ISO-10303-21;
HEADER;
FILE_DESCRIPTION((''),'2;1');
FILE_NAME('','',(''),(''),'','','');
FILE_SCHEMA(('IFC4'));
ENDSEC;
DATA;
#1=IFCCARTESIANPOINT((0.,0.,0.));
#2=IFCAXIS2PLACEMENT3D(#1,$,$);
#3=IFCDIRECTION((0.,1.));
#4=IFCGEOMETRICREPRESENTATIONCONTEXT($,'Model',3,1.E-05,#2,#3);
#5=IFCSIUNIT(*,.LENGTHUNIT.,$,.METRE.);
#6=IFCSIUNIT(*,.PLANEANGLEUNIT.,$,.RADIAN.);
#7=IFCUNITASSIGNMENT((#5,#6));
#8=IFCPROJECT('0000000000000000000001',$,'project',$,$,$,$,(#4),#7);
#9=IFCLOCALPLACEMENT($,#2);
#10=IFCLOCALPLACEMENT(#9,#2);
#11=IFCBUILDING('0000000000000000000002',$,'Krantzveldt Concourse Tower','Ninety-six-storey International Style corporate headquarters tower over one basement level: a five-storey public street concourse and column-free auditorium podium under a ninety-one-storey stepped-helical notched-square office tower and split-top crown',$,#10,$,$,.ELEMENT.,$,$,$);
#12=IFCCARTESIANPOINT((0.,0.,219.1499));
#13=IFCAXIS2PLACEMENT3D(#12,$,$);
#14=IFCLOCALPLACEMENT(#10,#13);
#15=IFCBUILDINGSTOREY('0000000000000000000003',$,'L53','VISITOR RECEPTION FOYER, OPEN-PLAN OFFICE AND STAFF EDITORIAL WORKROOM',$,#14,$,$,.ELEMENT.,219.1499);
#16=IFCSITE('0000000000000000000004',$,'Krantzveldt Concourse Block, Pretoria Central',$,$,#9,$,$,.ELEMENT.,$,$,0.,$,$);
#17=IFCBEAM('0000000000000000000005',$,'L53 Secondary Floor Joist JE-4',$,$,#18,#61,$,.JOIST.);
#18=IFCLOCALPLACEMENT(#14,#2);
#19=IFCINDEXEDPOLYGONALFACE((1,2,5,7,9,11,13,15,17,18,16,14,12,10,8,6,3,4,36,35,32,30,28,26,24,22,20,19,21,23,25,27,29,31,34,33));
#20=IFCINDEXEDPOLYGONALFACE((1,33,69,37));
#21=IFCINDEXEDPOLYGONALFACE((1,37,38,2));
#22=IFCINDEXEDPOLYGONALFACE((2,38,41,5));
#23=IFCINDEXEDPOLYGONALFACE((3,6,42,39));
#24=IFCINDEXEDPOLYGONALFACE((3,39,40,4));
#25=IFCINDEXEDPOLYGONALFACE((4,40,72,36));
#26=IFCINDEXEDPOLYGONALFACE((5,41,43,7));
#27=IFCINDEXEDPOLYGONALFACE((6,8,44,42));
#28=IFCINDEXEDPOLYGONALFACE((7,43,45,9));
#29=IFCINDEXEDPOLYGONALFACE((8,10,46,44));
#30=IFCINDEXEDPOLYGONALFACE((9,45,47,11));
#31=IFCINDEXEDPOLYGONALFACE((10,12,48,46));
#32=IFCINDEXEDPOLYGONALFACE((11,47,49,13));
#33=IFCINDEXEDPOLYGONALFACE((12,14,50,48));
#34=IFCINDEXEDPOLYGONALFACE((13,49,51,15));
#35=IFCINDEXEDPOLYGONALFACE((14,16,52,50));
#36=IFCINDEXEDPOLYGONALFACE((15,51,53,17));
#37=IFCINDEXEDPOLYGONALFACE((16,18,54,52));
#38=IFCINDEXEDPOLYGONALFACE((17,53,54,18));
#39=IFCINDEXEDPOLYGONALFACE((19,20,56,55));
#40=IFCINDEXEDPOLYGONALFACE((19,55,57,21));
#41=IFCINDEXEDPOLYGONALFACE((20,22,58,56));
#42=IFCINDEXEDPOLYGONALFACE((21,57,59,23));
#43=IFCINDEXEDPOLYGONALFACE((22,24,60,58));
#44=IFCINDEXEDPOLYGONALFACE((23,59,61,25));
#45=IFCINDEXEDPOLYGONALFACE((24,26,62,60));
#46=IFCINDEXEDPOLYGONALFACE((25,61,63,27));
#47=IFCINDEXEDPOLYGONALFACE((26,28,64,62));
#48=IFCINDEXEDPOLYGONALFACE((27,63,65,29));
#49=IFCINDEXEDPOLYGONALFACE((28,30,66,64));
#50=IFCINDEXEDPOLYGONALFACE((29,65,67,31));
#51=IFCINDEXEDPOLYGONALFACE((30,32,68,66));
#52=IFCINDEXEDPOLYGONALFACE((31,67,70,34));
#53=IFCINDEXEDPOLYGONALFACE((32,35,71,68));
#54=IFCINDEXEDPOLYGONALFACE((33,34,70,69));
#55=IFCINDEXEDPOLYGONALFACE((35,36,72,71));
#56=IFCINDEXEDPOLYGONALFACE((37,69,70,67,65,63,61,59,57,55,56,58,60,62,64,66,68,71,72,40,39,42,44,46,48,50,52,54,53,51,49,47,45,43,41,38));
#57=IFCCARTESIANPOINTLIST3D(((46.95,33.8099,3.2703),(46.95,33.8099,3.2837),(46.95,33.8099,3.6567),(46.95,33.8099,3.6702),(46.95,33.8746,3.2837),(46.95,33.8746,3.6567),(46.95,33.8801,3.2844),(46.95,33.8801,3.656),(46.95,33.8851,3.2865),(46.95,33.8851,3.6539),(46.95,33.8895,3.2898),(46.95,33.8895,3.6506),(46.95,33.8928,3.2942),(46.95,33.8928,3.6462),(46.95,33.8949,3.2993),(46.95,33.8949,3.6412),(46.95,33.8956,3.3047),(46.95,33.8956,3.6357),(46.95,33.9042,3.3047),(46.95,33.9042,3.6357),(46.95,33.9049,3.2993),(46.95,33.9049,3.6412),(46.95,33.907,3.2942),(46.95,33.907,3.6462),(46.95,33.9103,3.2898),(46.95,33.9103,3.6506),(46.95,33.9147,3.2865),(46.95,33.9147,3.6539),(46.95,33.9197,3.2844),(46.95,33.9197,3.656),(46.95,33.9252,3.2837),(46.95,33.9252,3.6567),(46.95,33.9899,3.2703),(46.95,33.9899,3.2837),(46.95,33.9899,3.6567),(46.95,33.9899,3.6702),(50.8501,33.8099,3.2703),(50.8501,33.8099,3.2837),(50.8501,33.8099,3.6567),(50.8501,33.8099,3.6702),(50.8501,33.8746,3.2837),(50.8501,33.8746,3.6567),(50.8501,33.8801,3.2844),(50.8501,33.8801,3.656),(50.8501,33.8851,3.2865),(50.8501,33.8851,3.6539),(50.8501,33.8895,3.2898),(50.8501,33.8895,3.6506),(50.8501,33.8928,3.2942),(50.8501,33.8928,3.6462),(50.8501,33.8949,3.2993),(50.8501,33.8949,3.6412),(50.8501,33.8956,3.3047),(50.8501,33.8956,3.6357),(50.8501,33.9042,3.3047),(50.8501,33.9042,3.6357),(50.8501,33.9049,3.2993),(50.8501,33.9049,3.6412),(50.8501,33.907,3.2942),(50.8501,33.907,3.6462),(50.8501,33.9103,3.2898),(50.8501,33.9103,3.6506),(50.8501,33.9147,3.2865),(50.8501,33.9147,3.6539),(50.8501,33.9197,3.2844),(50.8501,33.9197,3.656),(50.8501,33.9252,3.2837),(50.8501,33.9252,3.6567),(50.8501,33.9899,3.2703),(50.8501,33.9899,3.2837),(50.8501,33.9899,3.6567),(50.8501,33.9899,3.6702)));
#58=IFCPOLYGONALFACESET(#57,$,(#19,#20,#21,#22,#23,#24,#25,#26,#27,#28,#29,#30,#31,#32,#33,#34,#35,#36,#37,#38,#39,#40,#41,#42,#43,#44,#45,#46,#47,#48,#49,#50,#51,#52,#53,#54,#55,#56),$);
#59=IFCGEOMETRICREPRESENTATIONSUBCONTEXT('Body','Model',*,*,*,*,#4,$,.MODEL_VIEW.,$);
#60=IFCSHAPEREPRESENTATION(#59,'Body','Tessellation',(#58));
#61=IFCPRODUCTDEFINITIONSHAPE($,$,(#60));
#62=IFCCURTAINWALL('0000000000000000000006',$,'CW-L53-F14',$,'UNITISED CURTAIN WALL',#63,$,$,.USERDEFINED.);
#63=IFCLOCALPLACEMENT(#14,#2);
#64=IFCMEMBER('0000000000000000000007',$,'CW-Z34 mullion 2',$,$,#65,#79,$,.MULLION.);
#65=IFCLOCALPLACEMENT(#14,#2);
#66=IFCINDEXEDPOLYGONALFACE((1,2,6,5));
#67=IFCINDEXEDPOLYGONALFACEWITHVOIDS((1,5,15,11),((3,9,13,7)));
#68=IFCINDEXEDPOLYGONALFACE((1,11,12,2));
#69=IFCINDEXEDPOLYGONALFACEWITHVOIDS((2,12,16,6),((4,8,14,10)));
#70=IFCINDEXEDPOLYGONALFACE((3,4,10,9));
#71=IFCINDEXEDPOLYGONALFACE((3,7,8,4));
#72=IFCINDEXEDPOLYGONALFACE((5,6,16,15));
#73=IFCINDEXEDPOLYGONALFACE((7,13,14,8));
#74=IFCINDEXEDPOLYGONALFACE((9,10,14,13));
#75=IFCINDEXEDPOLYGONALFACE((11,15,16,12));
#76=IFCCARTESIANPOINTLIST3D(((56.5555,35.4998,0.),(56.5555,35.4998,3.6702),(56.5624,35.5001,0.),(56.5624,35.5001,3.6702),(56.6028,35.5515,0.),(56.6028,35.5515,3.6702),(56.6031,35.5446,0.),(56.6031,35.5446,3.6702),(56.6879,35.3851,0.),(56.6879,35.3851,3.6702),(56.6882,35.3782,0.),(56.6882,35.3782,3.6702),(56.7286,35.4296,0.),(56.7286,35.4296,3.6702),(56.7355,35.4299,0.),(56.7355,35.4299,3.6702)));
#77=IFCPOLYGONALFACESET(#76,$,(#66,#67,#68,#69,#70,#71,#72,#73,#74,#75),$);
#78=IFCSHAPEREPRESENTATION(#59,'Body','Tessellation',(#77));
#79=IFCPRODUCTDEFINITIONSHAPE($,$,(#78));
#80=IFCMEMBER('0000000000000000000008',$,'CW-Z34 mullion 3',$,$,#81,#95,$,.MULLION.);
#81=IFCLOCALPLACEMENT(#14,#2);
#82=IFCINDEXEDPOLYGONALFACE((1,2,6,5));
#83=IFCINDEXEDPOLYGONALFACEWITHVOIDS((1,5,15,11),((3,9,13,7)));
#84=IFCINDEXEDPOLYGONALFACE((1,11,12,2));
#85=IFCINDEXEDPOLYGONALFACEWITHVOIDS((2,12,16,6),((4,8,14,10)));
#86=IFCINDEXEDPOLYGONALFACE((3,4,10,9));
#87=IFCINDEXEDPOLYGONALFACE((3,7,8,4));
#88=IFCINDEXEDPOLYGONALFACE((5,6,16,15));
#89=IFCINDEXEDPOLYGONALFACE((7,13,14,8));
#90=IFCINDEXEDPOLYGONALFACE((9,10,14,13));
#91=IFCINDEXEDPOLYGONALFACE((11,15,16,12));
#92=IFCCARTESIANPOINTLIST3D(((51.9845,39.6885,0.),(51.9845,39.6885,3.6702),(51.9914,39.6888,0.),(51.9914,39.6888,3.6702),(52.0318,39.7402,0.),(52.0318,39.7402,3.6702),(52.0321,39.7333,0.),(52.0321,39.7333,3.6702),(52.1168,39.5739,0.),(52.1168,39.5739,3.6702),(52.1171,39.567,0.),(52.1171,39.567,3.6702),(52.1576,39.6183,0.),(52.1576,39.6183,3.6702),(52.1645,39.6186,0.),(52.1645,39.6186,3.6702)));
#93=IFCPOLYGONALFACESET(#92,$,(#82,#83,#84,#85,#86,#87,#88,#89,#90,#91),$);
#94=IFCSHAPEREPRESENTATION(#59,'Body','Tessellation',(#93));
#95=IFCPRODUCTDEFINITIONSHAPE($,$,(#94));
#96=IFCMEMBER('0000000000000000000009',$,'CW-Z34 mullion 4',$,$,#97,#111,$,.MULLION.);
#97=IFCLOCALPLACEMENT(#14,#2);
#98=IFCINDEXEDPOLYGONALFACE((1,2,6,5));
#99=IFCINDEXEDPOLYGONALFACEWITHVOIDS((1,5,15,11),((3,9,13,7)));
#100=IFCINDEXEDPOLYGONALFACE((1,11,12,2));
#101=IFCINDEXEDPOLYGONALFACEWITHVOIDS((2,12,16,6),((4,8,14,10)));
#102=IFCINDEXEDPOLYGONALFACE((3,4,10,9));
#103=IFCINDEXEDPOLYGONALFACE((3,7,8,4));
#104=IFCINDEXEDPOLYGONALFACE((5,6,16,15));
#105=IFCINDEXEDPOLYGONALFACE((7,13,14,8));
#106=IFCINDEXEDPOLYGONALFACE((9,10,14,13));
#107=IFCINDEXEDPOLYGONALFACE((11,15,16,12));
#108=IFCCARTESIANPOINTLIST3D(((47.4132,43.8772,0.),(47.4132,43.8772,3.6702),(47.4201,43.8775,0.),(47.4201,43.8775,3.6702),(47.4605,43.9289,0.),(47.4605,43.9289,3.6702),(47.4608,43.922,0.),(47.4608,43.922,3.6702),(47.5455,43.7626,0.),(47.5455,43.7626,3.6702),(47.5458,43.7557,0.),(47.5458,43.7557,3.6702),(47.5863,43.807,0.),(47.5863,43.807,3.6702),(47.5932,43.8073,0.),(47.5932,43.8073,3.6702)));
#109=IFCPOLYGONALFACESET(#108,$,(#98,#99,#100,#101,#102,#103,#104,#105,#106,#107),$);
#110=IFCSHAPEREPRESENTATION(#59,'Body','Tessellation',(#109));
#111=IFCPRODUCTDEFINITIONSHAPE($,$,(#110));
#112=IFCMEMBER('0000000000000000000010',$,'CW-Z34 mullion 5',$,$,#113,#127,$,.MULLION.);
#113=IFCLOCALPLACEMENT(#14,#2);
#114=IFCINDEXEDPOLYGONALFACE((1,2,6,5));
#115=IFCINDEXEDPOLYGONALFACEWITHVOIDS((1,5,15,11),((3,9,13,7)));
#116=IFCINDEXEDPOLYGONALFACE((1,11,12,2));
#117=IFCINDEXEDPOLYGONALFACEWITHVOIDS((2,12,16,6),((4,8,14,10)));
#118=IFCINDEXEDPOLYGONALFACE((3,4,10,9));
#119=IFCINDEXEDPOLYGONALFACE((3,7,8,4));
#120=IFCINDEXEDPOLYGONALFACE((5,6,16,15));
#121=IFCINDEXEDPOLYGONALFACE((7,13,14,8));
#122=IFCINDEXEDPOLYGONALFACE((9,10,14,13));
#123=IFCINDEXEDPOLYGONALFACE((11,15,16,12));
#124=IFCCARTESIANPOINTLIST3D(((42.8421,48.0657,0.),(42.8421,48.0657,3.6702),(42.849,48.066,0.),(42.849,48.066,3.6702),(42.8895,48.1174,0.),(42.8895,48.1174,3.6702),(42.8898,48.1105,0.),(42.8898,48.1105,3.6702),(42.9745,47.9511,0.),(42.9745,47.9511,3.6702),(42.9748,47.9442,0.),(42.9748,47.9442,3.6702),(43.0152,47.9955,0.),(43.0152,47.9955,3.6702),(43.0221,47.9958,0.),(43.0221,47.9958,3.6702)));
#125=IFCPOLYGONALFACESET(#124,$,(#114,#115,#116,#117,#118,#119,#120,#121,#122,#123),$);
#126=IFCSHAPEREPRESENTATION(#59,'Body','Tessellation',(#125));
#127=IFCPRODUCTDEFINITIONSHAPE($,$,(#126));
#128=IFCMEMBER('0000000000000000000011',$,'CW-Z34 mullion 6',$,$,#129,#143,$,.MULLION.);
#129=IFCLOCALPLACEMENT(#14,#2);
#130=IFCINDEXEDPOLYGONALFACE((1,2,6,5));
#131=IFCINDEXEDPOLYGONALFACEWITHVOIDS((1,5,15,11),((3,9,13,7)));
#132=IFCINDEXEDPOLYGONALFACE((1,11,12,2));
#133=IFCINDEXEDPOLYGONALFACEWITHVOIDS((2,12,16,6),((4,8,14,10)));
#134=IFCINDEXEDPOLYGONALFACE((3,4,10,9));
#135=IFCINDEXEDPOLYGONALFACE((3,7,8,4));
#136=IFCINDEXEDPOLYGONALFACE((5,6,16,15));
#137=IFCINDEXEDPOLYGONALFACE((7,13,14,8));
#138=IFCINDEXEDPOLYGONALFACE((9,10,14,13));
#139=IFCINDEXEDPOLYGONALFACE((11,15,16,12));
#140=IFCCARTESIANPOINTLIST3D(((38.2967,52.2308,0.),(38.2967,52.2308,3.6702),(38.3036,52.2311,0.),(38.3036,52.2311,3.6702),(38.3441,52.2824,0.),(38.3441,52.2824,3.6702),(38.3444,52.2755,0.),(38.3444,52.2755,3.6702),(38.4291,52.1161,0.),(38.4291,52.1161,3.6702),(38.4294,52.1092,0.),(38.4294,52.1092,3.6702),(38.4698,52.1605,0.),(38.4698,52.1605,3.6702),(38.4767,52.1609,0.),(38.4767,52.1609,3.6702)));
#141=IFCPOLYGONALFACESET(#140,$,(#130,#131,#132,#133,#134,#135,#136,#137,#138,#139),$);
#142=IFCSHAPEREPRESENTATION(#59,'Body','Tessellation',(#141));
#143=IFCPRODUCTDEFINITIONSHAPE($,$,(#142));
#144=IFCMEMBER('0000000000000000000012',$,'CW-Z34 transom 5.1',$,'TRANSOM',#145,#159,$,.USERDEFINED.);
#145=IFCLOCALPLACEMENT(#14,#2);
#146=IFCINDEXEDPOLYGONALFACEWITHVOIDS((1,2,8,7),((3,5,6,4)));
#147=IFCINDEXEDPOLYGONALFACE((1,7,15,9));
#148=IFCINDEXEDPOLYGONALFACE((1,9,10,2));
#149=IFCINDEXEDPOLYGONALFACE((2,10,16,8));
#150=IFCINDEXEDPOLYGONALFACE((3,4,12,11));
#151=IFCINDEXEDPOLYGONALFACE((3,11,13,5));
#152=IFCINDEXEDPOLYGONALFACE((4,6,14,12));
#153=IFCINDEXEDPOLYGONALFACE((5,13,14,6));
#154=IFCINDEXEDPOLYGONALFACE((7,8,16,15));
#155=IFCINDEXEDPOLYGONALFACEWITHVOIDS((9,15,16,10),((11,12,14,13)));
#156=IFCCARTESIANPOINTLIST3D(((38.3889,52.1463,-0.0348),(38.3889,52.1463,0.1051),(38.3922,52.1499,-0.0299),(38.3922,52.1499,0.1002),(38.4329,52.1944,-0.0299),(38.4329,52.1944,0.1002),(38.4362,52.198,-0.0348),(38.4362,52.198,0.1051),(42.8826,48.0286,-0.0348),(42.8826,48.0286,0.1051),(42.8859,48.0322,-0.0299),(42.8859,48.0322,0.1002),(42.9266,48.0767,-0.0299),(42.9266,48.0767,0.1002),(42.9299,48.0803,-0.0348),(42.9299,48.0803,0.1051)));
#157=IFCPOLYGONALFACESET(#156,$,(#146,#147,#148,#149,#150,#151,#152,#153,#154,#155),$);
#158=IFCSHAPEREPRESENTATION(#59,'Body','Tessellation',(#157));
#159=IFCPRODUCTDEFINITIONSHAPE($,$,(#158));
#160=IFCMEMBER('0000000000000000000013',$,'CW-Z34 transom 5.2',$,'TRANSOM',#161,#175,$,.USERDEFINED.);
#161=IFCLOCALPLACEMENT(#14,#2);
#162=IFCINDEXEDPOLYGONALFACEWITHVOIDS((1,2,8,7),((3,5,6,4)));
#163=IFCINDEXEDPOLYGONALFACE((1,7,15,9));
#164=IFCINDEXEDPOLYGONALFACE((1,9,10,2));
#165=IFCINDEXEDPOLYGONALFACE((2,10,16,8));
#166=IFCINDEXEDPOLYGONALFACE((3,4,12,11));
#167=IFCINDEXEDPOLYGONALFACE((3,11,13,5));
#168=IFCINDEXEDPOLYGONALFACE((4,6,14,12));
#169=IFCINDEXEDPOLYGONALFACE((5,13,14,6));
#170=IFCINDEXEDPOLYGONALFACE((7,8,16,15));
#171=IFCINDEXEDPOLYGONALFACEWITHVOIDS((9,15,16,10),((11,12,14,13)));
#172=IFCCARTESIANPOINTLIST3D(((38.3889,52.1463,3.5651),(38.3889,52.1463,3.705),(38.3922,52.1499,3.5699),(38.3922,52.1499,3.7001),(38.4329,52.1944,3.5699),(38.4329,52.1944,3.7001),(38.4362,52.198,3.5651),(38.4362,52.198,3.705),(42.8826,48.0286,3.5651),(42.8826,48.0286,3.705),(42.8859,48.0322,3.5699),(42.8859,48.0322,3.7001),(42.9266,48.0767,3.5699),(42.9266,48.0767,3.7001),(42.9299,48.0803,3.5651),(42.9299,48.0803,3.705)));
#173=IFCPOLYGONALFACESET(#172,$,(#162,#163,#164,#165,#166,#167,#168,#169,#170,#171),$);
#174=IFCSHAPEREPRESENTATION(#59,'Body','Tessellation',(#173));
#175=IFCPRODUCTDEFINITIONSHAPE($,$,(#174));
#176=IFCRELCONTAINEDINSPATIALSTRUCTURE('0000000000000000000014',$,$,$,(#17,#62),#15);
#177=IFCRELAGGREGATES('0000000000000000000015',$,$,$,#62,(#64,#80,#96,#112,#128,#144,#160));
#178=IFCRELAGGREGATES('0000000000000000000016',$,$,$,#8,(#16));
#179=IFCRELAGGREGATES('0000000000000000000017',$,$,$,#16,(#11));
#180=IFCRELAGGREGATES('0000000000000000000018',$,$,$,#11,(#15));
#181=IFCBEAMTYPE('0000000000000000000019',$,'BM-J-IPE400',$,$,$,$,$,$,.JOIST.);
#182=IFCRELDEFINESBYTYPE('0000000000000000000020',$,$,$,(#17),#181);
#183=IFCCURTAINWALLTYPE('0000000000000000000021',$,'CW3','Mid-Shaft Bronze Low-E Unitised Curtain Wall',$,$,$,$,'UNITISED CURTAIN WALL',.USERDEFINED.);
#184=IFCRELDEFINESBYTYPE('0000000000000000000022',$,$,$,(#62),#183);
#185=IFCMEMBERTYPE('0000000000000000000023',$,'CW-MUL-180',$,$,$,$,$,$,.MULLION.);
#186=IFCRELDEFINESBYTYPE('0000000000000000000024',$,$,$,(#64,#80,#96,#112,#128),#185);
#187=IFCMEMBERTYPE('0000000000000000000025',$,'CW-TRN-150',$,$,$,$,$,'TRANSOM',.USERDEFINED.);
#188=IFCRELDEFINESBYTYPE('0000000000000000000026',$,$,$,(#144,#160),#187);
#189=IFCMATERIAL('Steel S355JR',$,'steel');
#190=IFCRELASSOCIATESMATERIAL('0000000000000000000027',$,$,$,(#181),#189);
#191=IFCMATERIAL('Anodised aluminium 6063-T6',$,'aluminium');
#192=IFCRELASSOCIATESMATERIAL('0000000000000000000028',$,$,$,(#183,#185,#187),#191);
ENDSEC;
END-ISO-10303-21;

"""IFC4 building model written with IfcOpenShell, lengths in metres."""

from ifc_helpers import new_model, si_unit, direction, frame, origin, origin_2d, place, context, subcontext, project, spatial, hollow_rectangle, i_section, extrude, source, transform, mapped, material, material_profile, profile_set, type_object, type_shapes, element, aggregate, save


model = new_model("IFC4")

# Units and contexts
model_context = context("Model", 3, precision=1e-05, world=origin(), true_north=direction((0.0, 1.0)))
body_context = subcontext(model_context, "Body", "Model", "MODEL_VIEW")
ifc_project = project(units=[si_unit("LENGTHUNIT", "METRE"), si_unit("PLANEANGLEUNIT", "RADIAN")], contexts=[model_context])

# Site, building, storey
site_placement = place(None, origin())
site = spatial("IfcSite", under=ifc_project, at=site_placement, Name="Krantzveldt Concourse Block, Pretoria Central", CompositionType="ELEMENT", RefElevation=0.0)
building_placement = place(site_placement, origin())
building = spatial("IfcBuilding", under=site, at=building_placement, Name="Krantzveldt Concourse Tower", Description="Ninety-six-storey International Style corporate headquarters tower over one basement level: a five-storey public street concourse and column-free auditorium podium under a ninety-one-storey stepped-helical notched-square office tower and split-top crown", CompositionType="ELEMENT")
storey_placement = place(building_placement, frame((0.0, 0.0, 219.1499)))
storey = spatial("IfcBuildingStorey", under=building, at=storey_placement, Name="L53", Description="VISITOR RECEPTION FOYER, OPEN-PLAN OFFICE AND STAFF EDITORIAL WORKROOM", CompositionType="ELEMENT", Elevation=219.1499)

# Beam
ifc_material_1 = material(Name="Steel S355JR", Category="steel")
ifc_material_profile_1 = material_profile(ifc_material_1, i_section(OverallWidth=0.1799, OverallDepth=0.3999, WebThickness=0.0085, FlangeThickness=0.0134, FilletRadius=0.021, at=origin_2d()), Name="Steel S355JR", Category="steel")
ifc_profile_set_1 = profile_set([ifc_material_profile_1], Name="Steel S355JR - IPE 400")
beam_type_1 = type_object("IfcBeamType", Name="BM-J-IPE400", PredefinedType="JOIST", material=ifc_profile_set_1)
shared_shape_1 = source(origin(), body_context, "Body", "SweptSolid", [
    extrude(i_section(OverallWidth=0.1799, OverallDepth=0.3999, WebThickness=0.0085, FlangeThickness=0.0134, FilletRadius=0.021, at=origin_2d()), origin(), (0.0, 0.0, 1.0), 3.9001),
])
type_shapes(beam_type_1, [shared_shape_1])
beam_1_placement = place(storey_placement, frame((46.95, 33.8999, 3.4702), z_axis=(1.0, 0.0, 0.0), x_axis=(0.0, 1.0, 0.0)))
element("IfcBeam", 1, at=beam_1_placement, inside=storey, type_object=beam_type_1, Name="L53 Secondary Floor Joist JE-4", PredefinedType="JOIST", context=body_context, shape_type="MappedRepresentation", body=[
    mapped(shared_shape_1, transform((0.0, 0.0, 0.0), x_axis=(1.0, 0.0, 0.0), y_axis=(0.0, 1.0, 0.0), z_axis=(0.0, 0.0, 1.0), scale=1.0)),
])

# Curtain wall, members
ifc_material_2 = material(Name="Anodised aluminium 6063-T6", Category="aluminium")
curtain_wall_type = type_object("IfcCurtainWallType", Name="CW3", Description="Mid-Shaft Bronze Low-E Unitised Curtain Wall", ElementType="UNITISED CURTAIN WALL", PredefinedType="USERDEFINED", material=ifc_material_2)
curtain_wall_placement = place(storey_placement, origin())
curtain_wall = element("IfcCurtainWall", 2, at=curtain_wall_placement, inside=storey, type_object=curtain_wall_type, Name="CW-L53-F14", ObjectType="UNITISED CURTAIN WALL", PredefinedType="USERDEFINED")
ifc_material_profile_2 = material_profile(ifc_material_2, hollow_rectangle(XDim=0.0701, YDim=0.1799, WallThickness=0.0049, at=origin_2d()), Name="Anodised aluminium 6063-T6", Category="aluminium")
ifc_profile_set_2 = profile_set([ifc_material_profile_2], Name="Anodised aluminium 6063-T6 - ALU-MULL 180x70x5")
member_type_1 = type_object("IfcMemberType", Name="CW-MUL-180", PredefinedType="MULLION", material=ifc_profile_set_2)
shared_shape_2 = source(origin(), body_context, "Body", "SweptSolid", [
    extrude(hollow_rectangle(XDim=0.0701, YDim=0.1799, WallThickness=0.0049, at=origin_2d()), origin(), (0.0, 0.0, 1.0), 3.6702),
])
type_shapes(member_type_1, [shared_shape_2])
member_1_placement = place(storey_placement, frame((56.6455, 35.4648, 0.0), z_axis=(0.0, 0.0, 1.0), x_axis=(-0.67559, -0.737277, 0.0)))
member_1 = element("IfcMember", 3, at=member_1_placement, type_object=member_type_1, Name="CW-Z34 mullion 2", PredefinedType="MULLION", context=body_context, shape_type="MappedRepresentation", body=[
    mapped(shared_shape_2, transform((0.0, 0.0, 0.0), x_axis=(1.0, 0.0, 0.0), y_axis=(0.0, 1.0, 0.0), z_axis=(0.0, 0.0, 1.0), scale=1.0)),
])
member_2_placement = place(storey_placement, frame((52.0745, 39.6536, 0.0), z_axis=(0.0, 0.0, 1.0), x_axis=(-0.67559, -0.737277, 0.0)))
member_2 = element("IfcMember", 4, at=member_2_placement, type_object=member_type_1, Name="CW-Z34 mullion 3", PredefinedType="MULLION", context=body_context, shape_type="MappedRepresentation", body=[
    mapped(shared_shape_2, transform((0.0, 0.0, 0.0), x_axis=(1.0, 0.0, 0.0), y_axis=(0.0, 1.0, 0.0), z_axis=(0.0, 0.0, 1.0), scale=1.0)),
])
member_3_placement = place(storey_placement, frame((47.5032, 43.8423, 0.0), z_axis=(0.0, 0.0, 1.0), x_axis=(-0.67559, -0.737277, 0.0)))
member_3 = element("IfcMember", 5, at=member_3_placement, type_object=member_type_1, Name="CW-Z34 mullion 4", PredefinedType="MULLION", context=body_context, shape_type="MappedRepresentation", body=[
    mapped(shared_shape_2, transform((0.0, 0.0, 0.0), x_axis=(1.0, 0.0, 0.0), y_axis=(0.0, 1.0, 0.0), z_axis=(0.0, 0.0, 1.0), scale=1.0)),
])
member_4_placement = place(storey_placement, frame((42.9321, 48.0308, 0.0), z_axis=(0.0, 0.0, 1.0), x_axis=(-0.67559, -0.737277, 0.0)))
member_4 = element("IfcMember", 6, at=member_4_placement, type_object=member_type_1, Name="CW-Z34 mullion 5", PredefinedType="MULLION", context=body_context, shape_type="MappedRepresentation", body=[
    mapped(shared_shape_2, transform((0.0, 0.0, 0.0), x_axis=(1.0, 0.0, 0.0), y_axis=(0.0, 1.0, 0.0), z_axis=(0.0, 0.0, 1.0), scale=1.0)),
])
member_5_placement = place(storey_placement, frame((38.3867, 52.1958, 0.0), z_axis=(0.0, 0.0, 1.0), x_axis=(-0.67559, -0.737277, 0.0)))
member_5 = element("IfcMember", 7, at=member_5_placement, type_object=member_type_1, Name="CW-Z34 mullion 6", PredefinedType="MULLION", context=body_context, shape_type="MappedRepresentation", body=[
    mapped(shared_shape_2, transform((0.0, 0.0, 0.0), x_axis=(1.0, 0.0, 0.0), y_axis=(0.0, 1.0, 0.0), z_axis=(0.0, 0.0, 1.0), scale=1.0)),
])
ifc_material_profile_3 = material_profile(ifc_material_2, hollow_rectangle(XDim=0.0701, YDim=0.1399, WallThickness=0.0049, at=origin_2d()), Name="Anodised aluminium 6063-T6", Category="aluminium")
ifc_profile_set_3 = profile_set([ifc_material_profile_3], Name="Anodised aluminium 6063-T6 - ALU-TRAN 140x70x5")
member_type_2 = type_object("IfcMemberType", Name="CW-TRN-150", ElementType="TRANSOM", PredefinedType="USERDEFINED", material=ifc_profile_set_3)
shared_shape_3 = source(origin(), body_context, "Body", "SweptSolid", [
    extrude(hollow_rectangle(XDim=0.0701, YDim=0.1399, WallThickness=0.0049, at=origin_2d()), origin(), (0.0, 0.0, 1.0), 6.095),
])
member_6_placement = place(storey_placement, frame((42.9062, 48.0544, 0.0352), z_axis=(-0.737277, 0.67559, 0.0), x_axis=(-0.67559, -0.737277, 0.0)))
member_6 = element("IfcMember", 8, at=member_6_placement, type_object=member_type_2, Name="CW-Z34 transom 5.1", ObjectType="TRANSOM", PredefinedType="USERDEFINED", context=body_context, shape_type="MappedRepresentation", body=[
    mapped(shared_shape_3, transform((0.0, 0.0, 0.0), x_axis=(1.0, 0.0, 0.0), y_axis=(0.0, 1.0, 0.0), z_axis=(0.0, 0.0, 1.0), scale=1.0)),
])
member_7_placement = place(storey_placement, frame((42.9062, 48.0544, 3.635), z_axis=(-0.737277, 0.67559, 0.0), x_axis=(-0.67559, -0.737277, 0.0)))
member_7 = element("IfcMember", 9, at=member_7_placement, type_object=member_type_2, Name="CW-Z34 transom 5.2", ObjectType="TRANSOM", PredefinedType="USERDEFINED", context=body_context, shape_type="MappedRepresentation", body=[
    mapped(shared_shape_3, transform((0.0, 0.0, 0.0), x_axis=(1.0, 0.0, 0.0), y_axis=(0.0, 1.0, 0.0), z_axis=(0.0, 0.0, 1.0), scale=1.0)),
])
aggregate(curtain_wall, [member_1, member_2, member_3, member_4, member_5, member_6, member_7])

save(model, "model.ifc")
